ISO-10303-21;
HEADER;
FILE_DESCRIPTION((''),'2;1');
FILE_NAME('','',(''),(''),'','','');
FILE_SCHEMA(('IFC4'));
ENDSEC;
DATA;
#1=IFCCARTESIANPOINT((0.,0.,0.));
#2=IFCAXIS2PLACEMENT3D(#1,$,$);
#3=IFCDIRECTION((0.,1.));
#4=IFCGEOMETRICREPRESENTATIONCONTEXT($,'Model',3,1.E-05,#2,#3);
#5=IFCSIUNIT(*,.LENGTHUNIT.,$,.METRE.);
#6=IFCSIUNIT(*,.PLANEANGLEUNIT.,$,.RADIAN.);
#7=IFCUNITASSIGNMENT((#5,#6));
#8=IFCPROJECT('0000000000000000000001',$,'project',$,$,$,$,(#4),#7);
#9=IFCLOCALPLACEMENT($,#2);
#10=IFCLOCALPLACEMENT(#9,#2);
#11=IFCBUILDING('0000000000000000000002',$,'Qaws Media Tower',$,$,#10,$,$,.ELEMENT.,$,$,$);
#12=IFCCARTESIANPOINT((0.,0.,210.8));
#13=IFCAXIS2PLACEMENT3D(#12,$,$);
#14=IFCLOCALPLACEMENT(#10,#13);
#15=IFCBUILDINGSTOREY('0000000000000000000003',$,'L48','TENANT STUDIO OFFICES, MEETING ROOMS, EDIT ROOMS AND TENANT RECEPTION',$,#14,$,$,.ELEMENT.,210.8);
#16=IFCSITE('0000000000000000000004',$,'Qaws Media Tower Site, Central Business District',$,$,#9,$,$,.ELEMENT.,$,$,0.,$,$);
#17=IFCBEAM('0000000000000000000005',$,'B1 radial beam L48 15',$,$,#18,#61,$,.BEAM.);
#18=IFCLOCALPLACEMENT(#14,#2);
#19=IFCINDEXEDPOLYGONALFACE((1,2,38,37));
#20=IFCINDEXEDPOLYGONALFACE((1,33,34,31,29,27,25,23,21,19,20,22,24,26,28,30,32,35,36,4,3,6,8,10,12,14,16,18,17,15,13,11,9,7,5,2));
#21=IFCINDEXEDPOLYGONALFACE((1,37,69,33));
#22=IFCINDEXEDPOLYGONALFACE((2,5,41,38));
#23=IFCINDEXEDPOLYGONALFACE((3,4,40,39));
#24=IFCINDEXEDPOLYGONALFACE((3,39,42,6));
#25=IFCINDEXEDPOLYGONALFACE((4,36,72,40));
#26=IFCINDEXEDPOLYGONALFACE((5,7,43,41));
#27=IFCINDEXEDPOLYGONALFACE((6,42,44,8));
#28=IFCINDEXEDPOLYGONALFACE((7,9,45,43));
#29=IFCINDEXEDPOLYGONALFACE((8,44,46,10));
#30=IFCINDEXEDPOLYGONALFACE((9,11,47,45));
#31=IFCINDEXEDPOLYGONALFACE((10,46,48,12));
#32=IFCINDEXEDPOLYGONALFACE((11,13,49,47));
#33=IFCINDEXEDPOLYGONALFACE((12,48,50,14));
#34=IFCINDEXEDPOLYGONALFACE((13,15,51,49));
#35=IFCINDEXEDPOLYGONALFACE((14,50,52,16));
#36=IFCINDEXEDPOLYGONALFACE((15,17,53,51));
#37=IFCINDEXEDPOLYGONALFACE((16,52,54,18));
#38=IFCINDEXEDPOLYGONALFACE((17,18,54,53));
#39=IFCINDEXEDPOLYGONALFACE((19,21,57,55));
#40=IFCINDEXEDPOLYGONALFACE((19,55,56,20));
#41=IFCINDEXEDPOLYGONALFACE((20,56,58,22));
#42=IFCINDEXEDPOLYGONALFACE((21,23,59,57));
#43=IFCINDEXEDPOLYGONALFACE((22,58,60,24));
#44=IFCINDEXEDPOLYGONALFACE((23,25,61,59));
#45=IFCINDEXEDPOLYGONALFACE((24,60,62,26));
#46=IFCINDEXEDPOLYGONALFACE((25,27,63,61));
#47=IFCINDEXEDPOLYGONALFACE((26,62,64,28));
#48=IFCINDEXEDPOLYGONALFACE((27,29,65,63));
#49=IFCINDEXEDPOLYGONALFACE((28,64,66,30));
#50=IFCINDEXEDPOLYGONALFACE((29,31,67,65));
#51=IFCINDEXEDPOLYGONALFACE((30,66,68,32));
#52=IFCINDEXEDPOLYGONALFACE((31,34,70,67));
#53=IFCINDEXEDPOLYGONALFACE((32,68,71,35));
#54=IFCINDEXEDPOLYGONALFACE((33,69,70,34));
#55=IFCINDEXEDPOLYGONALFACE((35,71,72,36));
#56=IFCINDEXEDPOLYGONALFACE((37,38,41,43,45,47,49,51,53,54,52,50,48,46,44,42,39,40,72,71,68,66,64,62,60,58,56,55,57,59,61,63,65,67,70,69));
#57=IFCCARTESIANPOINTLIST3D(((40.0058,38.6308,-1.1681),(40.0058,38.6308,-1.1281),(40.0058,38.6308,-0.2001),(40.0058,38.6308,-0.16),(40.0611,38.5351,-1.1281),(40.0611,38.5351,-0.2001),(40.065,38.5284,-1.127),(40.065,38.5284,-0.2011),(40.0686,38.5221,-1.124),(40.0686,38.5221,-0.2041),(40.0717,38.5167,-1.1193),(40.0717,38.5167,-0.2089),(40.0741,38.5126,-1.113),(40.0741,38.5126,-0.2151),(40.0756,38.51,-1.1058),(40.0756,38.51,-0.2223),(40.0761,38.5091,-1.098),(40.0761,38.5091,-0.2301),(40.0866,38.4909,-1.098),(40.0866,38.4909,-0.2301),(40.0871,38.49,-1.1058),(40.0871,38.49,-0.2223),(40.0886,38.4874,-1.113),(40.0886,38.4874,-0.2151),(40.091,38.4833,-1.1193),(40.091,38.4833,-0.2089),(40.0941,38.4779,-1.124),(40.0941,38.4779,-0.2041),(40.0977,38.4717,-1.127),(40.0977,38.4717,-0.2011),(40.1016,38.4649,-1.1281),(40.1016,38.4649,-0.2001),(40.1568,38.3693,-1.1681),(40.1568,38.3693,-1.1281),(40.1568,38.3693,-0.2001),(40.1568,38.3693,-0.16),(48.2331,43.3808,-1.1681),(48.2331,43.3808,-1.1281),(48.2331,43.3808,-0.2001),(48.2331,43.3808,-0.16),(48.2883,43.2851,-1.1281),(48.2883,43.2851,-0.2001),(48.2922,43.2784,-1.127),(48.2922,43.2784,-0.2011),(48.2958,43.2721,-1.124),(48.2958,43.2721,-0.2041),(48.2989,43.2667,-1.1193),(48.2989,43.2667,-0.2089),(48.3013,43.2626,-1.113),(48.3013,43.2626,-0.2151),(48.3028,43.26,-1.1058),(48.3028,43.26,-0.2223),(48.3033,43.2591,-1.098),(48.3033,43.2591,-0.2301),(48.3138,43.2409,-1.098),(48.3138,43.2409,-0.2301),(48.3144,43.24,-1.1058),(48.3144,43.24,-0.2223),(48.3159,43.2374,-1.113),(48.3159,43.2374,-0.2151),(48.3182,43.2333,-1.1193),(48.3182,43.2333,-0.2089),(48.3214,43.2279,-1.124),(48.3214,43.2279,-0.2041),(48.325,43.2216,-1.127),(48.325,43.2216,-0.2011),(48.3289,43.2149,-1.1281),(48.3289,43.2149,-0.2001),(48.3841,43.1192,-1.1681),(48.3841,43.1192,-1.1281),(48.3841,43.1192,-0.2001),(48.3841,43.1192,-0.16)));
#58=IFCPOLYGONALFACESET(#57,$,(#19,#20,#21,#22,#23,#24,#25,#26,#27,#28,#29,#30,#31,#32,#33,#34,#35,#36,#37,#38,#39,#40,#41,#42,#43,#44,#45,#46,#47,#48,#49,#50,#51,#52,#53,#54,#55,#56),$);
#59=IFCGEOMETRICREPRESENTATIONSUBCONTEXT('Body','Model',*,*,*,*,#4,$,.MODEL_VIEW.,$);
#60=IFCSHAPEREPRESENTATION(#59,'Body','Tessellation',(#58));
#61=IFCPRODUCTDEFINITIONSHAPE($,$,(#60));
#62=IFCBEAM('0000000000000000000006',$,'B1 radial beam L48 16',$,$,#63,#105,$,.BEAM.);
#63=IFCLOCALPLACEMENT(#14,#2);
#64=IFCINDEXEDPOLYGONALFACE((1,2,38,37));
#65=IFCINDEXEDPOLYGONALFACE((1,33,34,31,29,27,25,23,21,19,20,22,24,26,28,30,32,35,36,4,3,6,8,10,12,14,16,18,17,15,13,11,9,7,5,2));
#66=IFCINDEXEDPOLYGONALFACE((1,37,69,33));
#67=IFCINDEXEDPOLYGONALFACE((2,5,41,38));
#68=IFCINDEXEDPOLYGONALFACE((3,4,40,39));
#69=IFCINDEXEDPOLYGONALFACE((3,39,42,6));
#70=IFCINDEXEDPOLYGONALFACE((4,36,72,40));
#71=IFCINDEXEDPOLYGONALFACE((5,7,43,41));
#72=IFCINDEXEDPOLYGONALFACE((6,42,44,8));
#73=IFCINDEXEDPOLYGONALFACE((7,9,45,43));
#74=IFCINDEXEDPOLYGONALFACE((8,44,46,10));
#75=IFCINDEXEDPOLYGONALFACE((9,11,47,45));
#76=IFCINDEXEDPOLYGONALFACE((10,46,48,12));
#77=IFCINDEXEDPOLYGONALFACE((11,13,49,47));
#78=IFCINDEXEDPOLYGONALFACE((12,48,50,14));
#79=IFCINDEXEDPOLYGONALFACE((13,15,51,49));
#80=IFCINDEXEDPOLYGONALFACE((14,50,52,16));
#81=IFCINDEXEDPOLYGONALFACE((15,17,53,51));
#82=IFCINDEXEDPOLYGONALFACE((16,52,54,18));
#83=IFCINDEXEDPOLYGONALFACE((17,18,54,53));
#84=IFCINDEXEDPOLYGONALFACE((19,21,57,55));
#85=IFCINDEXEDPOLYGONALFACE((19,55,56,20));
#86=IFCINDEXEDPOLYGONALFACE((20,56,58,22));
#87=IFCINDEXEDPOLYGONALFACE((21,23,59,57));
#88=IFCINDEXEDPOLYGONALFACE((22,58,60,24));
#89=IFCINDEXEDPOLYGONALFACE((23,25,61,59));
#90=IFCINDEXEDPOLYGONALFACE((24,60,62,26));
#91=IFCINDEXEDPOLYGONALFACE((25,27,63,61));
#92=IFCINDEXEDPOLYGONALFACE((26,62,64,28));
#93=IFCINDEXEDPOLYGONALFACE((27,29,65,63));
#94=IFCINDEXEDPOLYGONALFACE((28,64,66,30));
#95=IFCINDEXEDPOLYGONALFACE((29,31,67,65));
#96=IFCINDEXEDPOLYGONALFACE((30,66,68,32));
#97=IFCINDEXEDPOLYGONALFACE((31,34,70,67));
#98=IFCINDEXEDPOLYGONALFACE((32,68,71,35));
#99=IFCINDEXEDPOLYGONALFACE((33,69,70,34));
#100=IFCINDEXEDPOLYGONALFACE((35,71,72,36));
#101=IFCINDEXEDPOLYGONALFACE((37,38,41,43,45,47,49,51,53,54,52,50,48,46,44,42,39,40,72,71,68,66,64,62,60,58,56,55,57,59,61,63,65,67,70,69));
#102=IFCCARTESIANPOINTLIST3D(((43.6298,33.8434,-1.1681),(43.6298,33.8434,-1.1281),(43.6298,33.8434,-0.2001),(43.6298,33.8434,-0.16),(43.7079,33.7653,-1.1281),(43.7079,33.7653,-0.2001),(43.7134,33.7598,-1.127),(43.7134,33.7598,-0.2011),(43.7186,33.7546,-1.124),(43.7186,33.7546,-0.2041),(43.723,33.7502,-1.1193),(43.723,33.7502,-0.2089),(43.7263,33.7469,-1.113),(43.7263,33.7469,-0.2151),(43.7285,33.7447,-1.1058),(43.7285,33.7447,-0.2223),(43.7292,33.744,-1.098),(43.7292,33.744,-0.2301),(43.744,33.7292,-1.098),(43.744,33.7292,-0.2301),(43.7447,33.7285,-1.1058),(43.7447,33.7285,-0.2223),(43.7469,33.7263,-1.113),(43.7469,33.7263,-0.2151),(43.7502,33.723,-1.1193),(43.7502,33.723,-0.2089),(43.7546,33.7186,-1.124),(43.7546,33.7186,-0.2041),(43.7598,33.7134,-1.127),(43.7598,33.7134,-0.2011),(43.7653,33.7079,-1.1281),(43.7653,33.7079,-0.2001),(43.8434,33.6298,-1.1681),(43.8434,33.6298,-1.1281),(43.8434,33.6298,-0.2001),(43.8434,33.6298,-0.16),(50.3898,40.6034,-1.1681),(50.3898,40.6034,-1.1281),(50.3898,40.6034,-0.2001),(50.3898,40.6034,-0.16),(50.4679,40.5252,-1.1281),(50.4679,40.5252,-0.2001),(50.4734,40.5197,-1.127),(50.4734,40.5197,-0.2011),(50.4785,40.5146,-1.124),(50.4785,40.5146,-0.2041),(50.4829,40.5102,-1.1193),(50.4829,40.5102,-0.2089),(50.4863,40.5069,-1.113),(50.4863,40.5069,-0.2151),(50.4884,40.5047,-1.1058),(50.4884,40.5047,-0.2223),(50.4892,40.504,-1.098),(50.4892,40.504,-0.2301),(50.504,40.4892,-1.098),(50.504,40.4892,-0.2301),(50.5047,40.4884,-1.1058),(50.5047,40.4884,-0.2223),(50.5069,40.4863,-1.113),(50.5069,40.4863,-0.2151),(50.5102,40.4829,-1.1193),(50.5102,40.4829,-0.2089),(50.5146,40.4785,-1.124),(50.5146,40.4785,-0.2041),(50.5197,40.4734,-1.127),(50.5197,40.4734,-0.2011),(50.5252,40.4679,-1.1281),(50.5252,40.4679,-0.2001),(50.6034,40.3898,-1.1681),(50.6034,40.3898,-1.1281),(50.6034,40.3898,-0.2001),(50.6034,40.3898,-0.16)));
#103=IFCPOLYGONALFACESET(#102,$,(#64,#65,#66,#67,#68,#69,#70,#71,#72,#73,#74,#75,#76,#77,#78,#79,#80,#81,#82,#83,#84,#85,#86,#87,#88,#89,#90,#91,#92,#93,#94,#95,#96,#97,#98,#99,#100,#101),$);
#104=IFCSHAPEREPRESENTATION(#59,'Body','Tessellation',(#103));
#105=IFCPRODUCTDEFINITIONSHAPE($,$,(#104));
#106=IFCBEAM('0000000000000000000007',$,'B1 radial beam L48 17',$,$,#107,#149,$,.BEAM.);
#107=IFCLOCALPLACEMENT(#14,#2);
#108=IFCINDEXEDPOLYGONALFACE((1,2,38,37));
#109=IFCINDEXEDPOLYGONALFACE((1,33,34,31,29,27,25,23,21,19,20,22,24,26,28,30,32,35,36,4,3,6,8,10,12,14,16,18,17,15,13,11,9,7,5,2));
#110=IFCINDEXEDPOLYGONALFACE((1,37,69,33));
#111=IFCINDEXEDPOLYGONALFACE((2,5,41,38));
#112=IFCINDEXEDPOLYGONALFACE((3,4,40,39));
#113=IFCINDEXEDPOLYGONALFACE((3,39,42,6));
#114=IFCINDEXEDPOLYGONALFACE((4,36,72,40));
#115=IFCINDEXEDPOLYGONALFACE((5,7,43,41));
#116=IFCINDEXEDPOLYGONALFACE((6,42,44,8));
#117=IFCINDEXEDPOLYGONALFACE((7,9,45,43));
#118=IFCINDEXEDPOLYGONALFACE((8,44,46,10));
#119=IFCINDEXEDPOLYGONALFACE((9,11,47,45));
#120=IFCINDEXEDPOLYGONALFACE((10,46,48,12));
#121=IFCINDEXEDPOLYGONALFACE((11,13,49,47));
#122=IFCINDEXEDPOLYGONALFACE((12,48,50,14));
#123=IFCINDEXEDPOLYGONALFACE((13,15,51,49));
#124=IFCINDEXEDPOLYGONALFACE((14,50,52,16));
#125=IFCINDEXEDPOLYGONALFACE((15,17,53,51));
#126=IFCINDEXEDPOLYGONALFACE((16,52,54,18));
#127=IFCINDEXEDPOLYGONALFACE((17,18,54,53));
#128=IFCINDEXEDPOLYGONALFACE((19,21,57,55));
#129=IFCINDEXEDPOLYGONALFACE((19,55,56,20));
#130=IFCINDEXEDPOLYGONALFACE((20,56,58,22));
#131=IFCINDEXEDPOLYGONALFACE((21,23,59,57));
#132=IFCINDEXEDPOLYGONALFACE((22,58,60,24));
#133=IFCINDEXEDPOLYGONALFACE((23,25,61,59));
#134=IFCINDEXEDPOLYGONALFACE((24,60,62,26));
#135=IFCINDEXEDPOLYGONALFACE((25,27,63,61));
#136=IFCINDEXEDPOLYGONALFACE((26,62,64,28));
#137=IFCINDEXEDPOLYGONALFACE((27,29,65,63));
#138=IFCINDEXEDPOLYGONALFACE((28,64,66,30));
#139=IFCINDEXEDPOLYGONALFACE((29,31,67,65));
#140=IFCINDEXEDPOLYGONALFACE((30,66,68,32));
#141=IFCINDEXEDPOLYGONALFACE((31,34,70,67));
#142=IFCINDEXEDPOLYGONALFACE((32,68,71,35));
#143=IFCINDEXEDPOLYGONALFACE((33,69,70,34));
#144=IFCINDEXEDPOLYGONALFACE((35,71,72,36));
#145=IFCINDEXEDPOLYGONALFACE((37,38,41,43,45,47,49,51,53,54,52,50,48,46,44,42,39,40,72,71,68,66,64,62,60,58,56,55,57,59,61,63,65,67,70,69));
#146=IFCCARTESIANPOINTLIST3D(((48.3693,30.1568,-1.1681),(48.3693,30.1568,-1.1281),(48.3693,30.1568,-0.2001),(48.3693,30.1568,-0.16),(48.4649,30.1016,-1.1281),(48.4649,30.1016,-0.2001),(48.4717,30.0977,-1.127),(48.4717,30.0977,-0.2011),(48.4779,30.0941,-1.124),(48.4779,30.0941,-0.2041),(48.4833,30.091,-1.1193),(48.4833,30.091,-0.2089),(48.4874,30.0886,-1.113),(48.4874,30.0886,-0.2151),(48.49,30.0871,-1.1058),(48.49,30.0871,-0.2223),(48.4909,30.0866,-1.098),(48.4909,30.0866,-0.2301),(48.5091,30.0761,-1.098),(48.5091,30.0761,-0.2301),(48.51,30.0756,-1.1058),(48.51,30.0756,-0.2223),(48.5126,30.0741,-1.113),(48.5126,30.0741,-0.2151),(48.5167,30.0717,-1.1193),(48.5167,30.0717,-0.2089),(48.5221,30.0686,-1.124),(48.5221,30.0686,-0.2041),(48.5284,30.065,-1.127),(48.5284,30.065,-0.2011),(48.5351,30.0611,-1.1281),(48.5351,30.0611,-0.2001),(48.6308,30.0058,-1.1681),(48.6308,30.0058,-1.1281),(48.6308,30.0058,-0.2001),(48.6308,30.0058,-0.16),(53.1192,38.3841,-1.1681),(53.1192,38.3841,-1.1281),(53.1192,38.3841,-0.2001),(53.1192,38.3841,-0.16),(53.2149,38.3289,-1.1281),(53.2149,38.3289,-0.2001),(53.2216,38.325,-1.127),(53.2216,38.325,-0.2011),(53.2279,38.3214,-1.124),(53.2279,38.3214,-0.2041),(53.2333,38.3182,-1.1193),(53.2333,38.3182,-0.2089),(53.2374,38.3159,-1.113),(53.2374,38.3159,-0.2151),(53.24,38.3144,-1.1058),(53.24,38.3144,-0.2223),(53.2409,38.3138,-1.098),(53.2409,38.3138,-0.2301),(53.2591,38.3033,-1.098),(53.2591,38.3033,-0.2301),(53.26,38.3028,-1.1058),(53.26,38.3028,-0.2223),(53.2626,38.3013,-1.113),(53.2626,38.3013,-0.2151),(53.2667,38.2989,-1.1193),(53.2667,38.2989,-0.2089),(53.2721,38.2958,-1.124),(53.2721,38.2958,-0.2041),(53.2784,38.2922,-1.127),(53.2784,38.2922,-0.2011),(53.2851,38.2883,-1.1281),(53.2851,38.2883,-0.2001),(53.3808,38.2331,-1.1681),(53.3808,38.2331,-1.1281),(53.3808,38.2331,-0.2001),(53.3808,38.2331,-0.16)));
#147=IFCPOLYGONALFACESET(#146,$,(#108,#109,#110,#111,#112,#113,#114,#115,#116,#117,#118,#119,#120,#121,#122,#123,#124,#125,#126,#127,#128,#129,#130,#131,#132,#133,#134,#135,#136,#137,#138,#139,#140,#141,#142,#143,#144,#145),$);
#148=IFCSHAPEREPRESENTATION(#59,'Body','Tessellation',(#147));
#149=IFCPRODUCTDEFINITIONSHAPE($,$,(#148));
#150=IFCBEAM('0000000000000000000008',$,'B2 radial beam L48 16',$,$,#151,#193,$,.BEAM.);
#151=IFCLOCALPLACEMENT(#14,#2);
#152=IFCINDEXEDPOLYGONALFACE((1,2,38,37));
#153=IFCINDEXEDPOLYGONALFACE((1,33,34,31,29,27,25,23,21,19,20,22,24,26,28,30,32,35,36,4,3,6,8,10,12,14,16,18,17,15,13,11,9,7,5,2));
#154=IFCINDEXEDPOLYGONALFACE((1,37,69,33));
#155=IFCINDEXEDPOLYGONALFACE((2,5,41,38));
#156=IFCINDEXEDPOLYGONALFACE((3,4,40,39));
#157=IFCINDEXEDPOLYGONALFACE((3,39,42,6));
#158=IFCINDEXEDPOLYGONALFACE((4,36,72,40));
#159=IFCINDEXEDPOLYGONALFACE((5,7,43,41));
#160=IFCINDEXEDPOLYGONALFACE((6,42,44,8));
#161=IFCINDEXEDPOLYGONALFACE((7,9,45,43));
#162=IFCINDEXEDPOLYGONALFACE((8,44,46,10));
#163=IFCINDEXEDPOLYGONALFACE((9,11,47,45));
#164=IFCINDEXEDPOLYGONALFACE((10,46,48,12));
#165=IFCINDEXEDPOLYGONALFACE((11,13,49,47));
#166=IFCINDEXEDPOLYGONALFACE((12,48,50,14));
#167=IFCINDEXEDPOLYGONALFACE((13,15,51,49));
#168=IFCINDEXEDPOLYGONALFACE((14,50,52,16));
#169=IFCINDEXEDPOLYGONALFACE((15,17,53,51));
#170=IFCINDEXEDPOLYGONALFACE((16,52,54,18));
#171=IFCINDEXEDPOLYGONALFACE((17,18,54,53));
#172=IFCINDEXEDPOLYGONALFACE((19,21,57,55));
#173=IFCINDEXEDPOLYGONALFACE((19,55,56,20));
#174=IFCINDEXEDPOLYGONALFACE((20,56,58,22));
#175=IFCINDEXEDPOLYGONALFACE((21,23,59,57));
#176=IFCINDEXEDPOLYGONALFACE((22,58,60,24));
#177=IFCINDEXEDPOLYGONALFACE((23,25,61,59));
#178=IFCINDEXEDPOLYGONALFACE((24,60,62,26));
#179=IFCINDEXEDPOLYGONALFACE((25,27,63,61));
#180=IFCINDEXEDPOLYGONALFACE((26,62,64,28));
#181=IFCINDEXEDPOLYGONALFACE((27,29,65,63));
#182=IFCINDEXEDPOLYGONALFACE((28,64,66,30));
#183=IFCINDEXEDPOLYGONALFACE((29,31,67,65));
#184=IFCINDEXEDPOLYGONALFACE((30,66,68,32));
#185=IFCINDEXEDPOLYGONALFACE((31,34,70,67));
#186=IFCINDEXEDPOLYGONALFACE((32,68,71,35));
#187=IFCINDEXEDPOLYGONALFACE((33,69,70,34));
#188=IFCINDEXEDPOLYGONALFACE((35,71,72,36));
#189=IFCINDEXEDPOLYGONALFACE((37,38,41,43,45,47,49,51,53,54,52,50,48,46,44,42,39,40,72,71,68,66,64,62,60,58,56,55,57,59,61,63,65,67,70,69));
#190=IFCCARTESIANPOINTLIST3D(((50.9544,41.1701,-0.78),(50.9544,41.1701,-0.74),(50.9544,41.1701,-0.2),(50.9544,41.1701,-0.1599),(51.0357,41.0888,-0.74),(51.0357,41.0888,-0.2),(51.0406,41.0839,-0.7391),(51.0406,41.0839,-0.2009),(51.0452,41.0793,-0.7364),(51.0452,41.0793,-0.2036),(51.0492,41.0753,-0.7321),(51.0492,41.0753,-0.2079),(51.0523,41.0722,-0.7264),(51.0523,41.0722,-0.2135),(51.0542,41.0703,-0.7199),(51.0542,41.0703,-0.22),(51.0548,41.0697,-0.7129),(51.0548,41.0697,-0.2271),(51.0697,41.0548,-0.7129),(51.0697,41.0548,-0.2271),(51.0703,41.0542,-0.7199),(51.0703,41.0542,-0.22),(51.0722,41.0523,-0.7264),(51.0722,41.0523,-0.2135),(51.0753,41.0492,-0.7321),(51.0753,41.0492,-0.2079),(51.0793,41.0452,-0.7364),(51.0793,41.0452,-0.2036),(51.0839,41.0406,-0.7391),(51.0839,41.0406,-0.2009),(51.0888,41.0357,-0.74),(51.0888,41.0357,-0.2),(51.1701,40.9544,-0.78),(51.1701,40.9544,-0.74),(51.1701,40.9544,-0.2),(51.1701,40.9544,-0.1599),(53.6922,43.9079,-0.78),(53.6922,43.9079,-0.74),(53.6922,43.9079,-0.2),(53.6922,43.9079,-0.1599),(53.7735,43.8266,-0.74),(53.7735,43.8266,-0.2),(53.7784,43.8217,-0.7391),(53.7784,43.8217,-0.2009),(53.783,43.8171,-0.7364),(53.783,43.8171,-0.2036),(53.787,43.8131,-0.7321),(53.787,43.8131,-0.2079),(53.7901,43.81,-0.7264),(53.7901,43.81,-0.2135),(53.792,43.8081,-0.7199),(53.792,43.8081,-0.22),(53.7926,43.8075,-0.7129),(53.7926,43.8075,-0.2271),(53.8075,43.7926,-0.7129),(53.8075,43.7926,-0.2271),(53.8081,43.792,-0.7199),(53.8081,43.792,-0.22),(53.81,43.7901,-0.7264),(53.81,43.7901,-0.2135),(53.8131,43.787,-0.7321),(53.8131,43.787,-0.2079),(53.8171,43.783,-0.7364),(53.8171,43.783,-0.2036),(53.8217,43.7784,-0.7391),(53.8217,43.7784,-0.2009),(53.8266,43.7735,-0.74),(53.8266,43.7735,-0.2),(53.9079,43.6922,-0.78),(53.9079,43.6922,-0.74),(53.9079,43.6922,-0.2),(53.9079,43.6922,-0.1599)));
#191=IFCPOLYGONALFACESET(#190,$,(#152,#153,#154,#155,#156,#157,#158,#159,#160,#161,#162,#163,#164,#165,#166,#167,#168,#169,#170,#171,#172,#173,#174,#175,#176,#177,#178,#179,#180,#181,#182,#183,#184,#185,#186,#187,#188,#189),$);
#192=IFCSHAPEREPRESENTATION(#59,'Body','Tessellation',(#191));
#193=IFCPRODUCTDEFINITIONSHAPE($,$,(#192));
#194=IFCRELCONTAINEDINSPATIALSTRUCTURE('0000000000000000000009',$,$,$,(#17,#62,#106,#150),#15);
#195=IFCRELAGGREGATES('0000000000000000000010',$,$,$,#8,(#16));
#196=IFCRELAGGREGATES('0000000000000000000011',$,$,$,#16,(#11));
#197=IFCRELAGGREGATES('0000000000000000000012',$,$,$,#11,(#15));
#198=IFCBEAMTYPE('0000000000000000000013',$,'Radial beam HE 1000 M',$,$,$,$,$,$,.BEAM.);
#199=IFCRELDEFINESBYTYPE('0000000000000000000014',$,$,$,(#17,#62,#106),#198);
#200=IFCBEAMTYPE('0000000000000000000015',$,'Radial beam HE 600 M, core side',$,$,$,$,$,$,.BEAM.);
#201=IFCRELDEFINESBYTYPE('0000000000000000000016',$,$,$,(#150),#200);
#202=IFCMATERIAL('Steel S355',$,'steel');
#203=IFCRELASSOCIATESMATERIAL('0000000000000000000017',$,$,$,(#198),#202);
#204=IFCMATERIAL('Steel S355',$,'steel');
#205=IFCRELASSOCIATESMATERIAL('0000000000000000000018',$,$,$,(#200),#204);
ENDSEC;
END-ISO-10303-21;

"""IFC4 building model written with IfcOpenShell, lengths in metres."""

from ifc_helpers import new_model, si_unit, direction, frame, origin, origin_2d, place, context, subcontext, project, spatial, i_section, extrude, material, material_profile, profile_set, type_object, element, save


model = new_model("IFC4")

# Units and contexts
model_context = context("Model", 3, precision=1e-05, world=origin(), true_north=direction((0.0, 1.0)))
body_context = subcontext(model_context, "Body", "Model", "MODEL_VIEW")
ifc_project = project(units=[si_unit("LENGTHUNIT", "METRE"), si_unit("PLANEANGLEUNIT", "RADIAN")], contexts=[model_context])

# Site, building, storey
site_placement = place(None, origin())
site = spatial("IfcSite", under=ifc_project, at=site_placement, Name="Qaws Media Tower Site, Central Business District", CompositionType="ELEMENT", RefElevation=0.0)
building_placement = place(site_placement, origin())
building = spatial("IfcBuilding", under=site, at=building_placement, Name="Qaws Media Tower", CompositionType="ELEMENT")
storey_placement = place(building_placement, frame((0.0, 0.0, 210.8)))
storey = spatial("IfcBuildingStorey", under=building, at=storey_placement, Name="L48", Description="TENANT STUDIO OFFICES, MEETING ROOMS, EDIT ROOMS AND TENANT RECEPTION", CompositionType="ELEMENT", Elevation=210.8)

# Beams
ifc_material_1 = material(Name="Steel S355", Category="steel")
ifc_material_profile_1 = material_profile(ifc_material_1, i_section(OverallWidth=0.302, OverallDepth=1.0081, WebThickness=0.021, FlangeThickness=0.04, FilletRadius=0.03, at=origin_2d()), Name="HE 1000 M")
ifc_profile_set_1 = profile_set([ifc_material_profile_1], Name="Steel S355")
beam_type_1 = type_object("IfcBeamType", Name="Radial beam HE 1000 M", PredefinedType="BEAM", material=ifc_profile_set_1)
beam_1_placement = place(storey_placement, frame((48.3086, 43.25, -0.6641), z_axis=(-0.866027, -0.499998, 0.0), x_axis=(0.499998, -0.866027, 0.0)))
element("IfcBeam", 1, at=beam_1_placement, inside=storey, type_object=beam_type_1, Name="B1 radial beam L48 15", PredefinedType="BEAM", context=body_context, shape_type="SweptSolid", body=[
    extrude(i_section(OverallWidth=0.302, OverallDepth=1.0081, WebThickness=0.021, FlangeThickness=0.04, FilletRadius=0.03, at=origin_2d()), origin(), (0.0, 0.0, 1.0), 9.5),
])
beam_2_placement = place(storey_placement, frame((50.4966, 40.4966, -0.6641), z_axis=(-0.707107, -0.707107, 0.0), x_axis=(0.707107, -0.707107, 0.0)))
element("IfcBeam", 2, at=beam_2_placement, inside=storey, type_object=beam_type_1, Name="B1 radial beam L48 16", PredefinedType="BEAM", context=body_context, shape_type="SweptSolid", body=[
    extrude(i_section(OverallWidth=0.302, OverallDepth=1.0081, WebThickness=0.021, FlangeThickness=0.04, FilletRadius=0.03, at=origin_2d()), origin(), (0.0, 0.0, 1.0), 9.5601),
])
beam_3_placement = place(storey_placement, frame((53.25, 38.3086, -0.6641), z_axis=(-0.499998, -0.866027, 0.0), x_axis=(0.866027, -0.499998, 0.0)))
element("IfcBeam", 3, at=beam_3_placement, inside=storey, type_object=beam_type_1, Name="B1 radial beam L48 17", PredefinedType="BEAM", context=body_context, shape_type="SweptSolid", body=[
    extrude(i_section(OverallWidth=0.302, OverallDepth=1.0081, WebThickness=0.021, FlangeThickness=0.04, FilletRadius=0.03, at=origin_2d()), origin(), (0.0, 0.0, 1.0), 9.5),
])
ifc_material_2 = material(Name="Steel S355", Category="steel")
ifc_material_profile_2 = material_profile(ifc_material_2, i_section(OverallWidth=0.3049, OverallDepth=0.6201, WebThickness=0.021, FlangeThickness=0.04, FilletRadius=0.0271, at=origin_2d()), Name="HE 600 M")
ifc_profile_set_2 = profile_set([ifc_material_profile_2], Name="Steel S355")
beam_type_2 = type_object("IfcBeamType", Name="Radial beam HE 600 M, core side", PredefinedType="BEAM", material=ifc_profile_set_2)
beam_4_placement = place(storey_placement, frame((53.8, 43.8, -0.47), z_axis=(-0.707107, -0.707107, 0.0), x_axis=(0.707107, -0.707107, 0.0)))
element("IfcBeam", 4, at=beam_4_placement, inside=storey, type_object=beam_type_2, Name="B2 radial beam L48 16", PredefinedType="BEAM", context=body_context, shape_type="SweptSolid", body=[
    extrude(i_section(OverallWidth=0.3049, OverallDepth=0.6201, WebThickness=0.021, FlangeThickness=0.04, FilletRadius=0.0271, at=origin_2d()), origin(), (0.0, 0.0, 1.0), 3.8718),
])

save(model, "model.ifc")
